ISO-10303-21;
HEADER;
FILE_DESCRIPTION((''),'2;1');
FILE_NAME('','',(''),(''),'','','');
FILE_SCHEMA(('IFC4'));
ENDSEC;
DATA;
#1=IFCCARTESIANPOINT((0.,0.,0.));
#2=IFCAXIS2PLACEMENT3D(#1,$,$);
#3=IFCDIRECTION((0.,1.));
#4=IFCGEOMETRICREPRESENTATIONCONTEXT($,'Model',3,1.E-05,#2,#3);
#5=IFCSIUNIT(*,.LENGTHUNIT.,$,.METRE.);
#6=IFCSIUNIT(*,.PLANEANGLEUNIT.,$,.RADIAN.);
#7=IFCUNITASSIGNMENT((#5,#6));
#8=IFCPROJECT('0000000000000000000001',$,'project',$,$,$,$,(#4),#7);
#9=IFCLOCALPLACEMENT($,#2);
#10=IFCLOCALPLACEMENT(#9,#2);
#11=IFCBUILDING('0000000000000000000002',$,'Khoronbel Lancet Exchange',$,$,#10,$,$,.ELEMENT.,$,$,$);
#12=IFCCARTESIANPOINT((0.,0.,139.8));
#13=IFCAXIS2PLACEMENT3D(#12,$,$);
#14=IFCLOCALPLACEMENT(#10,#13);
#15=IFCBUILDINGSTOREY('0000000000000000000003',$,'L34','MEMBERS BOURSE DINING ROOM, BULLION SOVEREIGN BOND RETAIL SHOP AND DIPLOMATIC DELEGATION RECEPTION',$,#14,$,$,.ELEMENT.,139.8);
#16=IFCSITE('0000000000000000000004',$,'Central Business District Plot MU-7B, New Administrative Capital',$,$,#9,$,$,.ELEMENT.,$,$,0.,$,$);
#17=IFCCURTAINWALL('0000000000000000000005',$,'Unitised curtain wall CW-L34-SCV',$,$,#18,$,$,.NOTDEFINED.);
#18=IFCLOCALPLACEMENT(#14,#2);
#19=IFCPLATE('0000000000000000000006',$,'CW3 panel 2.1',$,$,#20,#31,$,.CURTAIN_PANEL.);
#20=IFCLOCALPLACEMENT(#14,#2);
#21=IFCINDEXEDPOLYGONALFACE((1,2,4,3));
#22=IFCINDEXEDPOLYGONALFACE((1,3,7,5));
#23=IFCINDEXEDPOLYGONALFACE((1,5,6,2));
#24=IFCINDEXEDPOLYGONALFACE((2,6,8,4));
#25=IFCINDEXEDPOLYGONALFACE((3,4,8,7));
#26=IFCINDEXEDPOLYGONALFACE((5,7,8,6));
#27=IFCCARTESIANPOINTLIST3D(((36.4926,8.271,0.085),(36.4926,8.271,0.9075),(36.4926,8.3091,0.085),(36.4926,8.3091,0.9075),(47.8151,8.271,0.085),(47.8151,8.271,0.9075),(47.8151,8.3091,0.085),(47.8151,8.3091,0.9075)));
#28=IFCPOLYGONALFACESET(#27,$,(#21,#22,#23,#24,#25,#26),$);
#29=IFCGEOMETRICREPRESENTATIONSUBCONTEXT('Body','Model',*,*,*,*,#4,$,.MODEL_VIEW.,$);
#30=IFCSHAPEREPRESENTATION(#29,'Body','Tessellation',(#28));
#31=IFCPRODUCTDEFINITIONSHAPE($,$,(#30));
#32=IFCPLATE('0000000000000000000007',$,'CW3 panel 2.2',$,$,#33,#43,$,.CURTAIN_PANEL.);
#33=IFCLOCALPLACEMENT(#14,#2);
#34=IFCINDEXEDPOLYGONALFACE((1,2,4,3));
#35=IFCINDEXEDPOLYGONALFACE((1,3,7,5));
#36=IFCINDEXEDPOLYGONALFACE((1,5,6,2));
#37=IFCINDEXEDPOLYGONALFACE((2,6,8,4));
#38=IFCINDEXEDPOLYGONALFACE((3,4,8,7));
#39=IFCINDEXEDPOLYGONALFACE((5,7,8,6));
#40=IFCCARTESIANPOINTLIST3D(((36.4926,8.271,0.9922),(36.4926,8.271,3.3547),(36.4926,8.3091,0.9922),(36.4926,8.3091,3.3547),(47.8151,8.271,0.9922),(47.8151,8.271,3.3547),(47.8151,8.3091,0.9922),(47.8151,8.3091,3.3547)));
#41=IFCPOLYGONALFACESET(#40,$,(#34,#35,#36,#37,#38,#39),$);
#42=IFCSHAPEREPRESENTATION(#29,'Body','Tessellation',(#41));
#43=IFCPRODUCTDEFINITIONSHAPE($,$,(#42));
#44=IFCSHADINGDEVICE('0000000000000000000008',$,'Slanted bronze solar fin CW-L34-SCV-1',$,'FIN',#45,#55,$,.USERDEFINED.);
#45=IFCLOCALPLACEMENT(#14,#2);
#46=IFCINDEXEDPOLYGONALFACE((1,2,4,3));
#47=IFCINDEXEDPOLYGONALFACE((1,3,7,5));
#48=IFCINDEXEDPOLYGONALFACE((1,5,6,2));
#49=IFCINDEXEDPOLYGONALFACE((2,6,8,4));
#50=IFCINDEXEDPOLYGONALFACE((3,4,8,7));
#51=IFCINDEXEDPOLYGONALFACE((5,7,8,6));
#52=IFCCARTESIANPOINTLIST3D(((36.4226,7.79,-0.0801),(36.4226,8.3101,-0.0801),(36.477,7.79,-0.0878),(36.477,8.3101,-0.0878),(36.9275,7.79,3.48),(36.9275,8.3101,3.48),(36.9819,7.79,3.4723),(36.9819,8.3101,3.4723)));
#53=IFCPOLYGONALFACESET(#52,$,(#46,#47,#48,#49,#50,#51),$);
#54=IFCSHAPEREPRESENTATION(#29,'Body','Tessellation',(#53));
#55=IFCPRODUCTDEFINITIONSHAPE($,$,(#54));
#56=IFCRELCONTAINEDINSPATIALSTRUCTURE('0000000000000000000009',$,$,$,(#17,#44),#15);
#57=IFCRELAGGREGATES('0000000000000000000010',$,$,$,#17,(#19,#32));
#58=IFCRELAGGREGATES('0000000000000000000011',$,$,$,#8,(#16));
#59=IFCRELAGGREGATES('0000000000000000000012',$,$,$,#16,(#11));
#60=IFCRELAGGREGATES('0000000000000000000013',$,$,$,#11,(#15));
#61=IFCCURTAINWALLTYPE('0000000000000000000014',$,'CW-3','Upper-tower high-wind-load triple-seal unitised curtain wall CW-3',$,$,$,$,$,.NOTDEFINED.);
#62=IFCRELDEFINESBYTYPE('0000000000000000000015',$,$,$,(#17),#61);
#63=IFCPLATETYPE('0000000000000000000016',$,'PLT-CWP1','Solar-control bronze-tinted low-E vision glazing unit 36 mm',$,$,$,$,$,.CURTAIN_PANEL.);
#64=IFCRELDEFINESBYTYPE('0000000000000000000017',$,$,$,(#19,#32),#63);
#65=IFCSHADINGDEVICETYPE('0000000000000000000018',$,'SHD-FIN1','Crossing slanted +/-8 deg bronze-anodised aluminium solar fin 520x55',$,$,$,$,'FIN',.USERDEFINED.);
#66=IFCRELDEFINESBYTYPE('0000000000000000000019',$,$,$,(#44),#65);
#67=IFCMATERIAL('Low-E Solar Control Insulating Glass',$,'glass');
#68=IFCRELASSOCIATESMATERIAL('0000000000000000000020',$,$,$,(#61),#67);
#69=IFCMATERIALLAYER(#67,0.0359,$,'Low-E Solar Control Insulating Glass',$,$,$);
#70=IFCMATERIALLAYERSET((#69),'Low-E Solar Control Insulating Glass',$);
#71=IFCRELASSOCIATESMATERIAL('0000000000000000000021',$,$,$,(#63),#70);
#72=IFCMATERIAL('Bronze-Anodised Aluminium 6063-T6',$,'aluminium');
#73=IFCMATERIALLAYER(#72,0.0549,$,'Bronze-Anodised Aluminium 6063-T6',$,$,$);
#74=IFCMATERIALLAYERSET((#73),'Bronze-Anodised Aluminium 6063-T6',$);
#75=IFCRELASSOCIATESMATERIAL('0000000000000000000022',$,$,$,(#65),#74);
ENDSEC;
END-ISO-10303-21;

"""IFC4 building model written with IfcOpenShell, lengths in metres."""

from ifc_helpers import new_model, si_unit, direction, frame, origin, origin_2d, place, context, subcontext, project, spatial, polyline, rectangle, outline, extrude, material, layer, layer_set, type_object, element, aggregate, save


model = new_model("IFC4")

# Units and contexts
model_context = context("Model", 3, precision=1e-05, world=origin(), true_north=direction((0.0, 1.0)))
body_context = subcontext(model_context, "Body", "Model", "MODEL_VIEW")
ifc_project = project(units=[si_unit("LENGTHUNIT", "METRE"), si_unit("PLANEANGLEUNIT", "RADIAN")], contexts=[model_context])

# Site, building, storey
site_placement = place(None, origin())
site = spatial("IfcSite", under=ifc_project, at=site_placement, Name="Central Business District Plot MU-7B, New Administrative Capital", CompositionType="ELEMENT", RefElevation=0.0)
building_placement = place(site_placement, origin())
building = spatial("IfcBuilding", under=site, at=building_placement, Name="Khoronbel Lancet Exchange", CompositionType="ELEMENT")
storey_placement = place(building_placement, frame((0.0, 0.0, 139.8)))
storey = spatial("IfcBuildingStorey", under=building, at=storey_placement, Name="L34", Description="MEMBERS BOURSE DINING ROOM, BULLION SOVEREIGN BOND RETAIL SHOP AND DIPLOMATIC DELEGATION RECEPTION", CompositionType="ELEMENT", Elevation=139.8)

# Curtain wall
ifc_material_1 = material(Name="Low-E Solar Control Insulating Glass", Category="glass")
curtain_wall_type = type_object("IfcCurtainWallType", Name="CW-3", Description="Upper-tower high-wind-load triple-seal unitised curtain wall CW-3", PredefinedType="NOTDEFINED", material=ifc_material_1)
curtain_wall_1_placement = place(storey_placement, origin())
curtain_wall_1 = element("IfcCurtainWall", 1, at=curtain_wall_1_placement, inside=storey, type_object=curtain_wall_type, Name="Unitised curtain wall CW-L34-SCV", PredefinedType="NOTDEFINED")
ifc_material_2 = material(Name="Bronze-Anodised Aluminium 6063-T6", Category="aluminium")

# Plates
ifc_layer_1 = layer(ifc_material_1, 0.0359, Name="Low-E Solar Control Insulating Glass")
ifc_layer_set_1 = layer_set([ifc_layer_1], Name="Low-E Solar Control Insulating Glass")
plate_type_1 = type_object("IfcPlateType", Name="PLT-CWP1", Description="Solar-control bronze-tinted low-E vision glazing unit 36 mm", PredefinedType="CURTAIN_PANEL", material=ifc_layer_set_1)
plate_1_placement = place(storey_placement, frame((42.1538, 8.29, 0.085), z_axis=(0.0, 0.0, 1.0), x_axis=(1.0, 0.0, 0.0)))
plate_1 = element("IfcPlate", 2, at=plate_1_placement, type_object=plate_type_1, Name="CW3 panel 2.1", PredefinedType="CURTAIN_PANEL", context=body_context, shape_type="SweptSolid", body=[
    extrude(rectangle(XDim=11.3225, YDim=0.0381, at=origin_2d()), origin(), (0.0, 0.0, 1.0), 0.8225),
])
plate_2_placement = place(storey_placement, frame((42.1538, 8.29, 0.9922), z_axis=(0.0, 0.0, 1.0), x_axis=(1.0, 0.0, 0.0)))
plate_2 = element("IfcPlate", 3, at=plate_2_placement, type_object=plate_type_1, Name="CW3 panel 2.2", PredefinedType="CURTAIN_PANEL", context=body_context, shape_type="SweptSolid", body=[
    extrude(rectangle(XDim=11.3225, YDim=0.0381, at=origin_2d()), origin(), (0.0, 0.0, 1.0), 2.3625),
])
aggregate(curtain_wall_1, [plate_1, plate_2])

# Shading device
ifc_layer_2 = layer(ifc_material_2, 0.0549, Name="Bronze-Anodised Aluminium 6063-T6")
ifc_layer_set_2 = layer_set([ifc_layer_2], Name="Bronze-Anodised Aluminium 6063-T6")
shading_device_type = type_object("IfcShadingDeviceType", Name="SHD-FIN1", Description="Crossing slanted +/-8 deg bronze-anodised aluminium solar fin 520x55", ElementType="FIN", PredefinedType="USERDEFINED", material=ifc_layer_set_2)
shading_device_placement = place(storey_placement, frame((36.4226, 8.3101, -0.0801), z_axis=(-0.990093, 0.0, 0.140414), x_axis=(0.0, -1.0, 0.0)))
element("IfcShadingDevice", 4, at=shading_device_placement, inside=storey, type_object=shading_device_type, Name="Slanted bronze solar fin CW-L34-SCV-1", ObjectType="FIN", PredefinedType="USERDEFINED", context=body_context, shape_type="SweptSolid", body=[
    extrude(outline(polyline([(0.0, 0.0), (0.52, 0.0), (0.52, 3.5957), (0.0, 3.5957), (0.0, 0.0)])), origin(), (0.0, 0.0, -1.0), 0.0549),
])

save(model, "model.ifc")
